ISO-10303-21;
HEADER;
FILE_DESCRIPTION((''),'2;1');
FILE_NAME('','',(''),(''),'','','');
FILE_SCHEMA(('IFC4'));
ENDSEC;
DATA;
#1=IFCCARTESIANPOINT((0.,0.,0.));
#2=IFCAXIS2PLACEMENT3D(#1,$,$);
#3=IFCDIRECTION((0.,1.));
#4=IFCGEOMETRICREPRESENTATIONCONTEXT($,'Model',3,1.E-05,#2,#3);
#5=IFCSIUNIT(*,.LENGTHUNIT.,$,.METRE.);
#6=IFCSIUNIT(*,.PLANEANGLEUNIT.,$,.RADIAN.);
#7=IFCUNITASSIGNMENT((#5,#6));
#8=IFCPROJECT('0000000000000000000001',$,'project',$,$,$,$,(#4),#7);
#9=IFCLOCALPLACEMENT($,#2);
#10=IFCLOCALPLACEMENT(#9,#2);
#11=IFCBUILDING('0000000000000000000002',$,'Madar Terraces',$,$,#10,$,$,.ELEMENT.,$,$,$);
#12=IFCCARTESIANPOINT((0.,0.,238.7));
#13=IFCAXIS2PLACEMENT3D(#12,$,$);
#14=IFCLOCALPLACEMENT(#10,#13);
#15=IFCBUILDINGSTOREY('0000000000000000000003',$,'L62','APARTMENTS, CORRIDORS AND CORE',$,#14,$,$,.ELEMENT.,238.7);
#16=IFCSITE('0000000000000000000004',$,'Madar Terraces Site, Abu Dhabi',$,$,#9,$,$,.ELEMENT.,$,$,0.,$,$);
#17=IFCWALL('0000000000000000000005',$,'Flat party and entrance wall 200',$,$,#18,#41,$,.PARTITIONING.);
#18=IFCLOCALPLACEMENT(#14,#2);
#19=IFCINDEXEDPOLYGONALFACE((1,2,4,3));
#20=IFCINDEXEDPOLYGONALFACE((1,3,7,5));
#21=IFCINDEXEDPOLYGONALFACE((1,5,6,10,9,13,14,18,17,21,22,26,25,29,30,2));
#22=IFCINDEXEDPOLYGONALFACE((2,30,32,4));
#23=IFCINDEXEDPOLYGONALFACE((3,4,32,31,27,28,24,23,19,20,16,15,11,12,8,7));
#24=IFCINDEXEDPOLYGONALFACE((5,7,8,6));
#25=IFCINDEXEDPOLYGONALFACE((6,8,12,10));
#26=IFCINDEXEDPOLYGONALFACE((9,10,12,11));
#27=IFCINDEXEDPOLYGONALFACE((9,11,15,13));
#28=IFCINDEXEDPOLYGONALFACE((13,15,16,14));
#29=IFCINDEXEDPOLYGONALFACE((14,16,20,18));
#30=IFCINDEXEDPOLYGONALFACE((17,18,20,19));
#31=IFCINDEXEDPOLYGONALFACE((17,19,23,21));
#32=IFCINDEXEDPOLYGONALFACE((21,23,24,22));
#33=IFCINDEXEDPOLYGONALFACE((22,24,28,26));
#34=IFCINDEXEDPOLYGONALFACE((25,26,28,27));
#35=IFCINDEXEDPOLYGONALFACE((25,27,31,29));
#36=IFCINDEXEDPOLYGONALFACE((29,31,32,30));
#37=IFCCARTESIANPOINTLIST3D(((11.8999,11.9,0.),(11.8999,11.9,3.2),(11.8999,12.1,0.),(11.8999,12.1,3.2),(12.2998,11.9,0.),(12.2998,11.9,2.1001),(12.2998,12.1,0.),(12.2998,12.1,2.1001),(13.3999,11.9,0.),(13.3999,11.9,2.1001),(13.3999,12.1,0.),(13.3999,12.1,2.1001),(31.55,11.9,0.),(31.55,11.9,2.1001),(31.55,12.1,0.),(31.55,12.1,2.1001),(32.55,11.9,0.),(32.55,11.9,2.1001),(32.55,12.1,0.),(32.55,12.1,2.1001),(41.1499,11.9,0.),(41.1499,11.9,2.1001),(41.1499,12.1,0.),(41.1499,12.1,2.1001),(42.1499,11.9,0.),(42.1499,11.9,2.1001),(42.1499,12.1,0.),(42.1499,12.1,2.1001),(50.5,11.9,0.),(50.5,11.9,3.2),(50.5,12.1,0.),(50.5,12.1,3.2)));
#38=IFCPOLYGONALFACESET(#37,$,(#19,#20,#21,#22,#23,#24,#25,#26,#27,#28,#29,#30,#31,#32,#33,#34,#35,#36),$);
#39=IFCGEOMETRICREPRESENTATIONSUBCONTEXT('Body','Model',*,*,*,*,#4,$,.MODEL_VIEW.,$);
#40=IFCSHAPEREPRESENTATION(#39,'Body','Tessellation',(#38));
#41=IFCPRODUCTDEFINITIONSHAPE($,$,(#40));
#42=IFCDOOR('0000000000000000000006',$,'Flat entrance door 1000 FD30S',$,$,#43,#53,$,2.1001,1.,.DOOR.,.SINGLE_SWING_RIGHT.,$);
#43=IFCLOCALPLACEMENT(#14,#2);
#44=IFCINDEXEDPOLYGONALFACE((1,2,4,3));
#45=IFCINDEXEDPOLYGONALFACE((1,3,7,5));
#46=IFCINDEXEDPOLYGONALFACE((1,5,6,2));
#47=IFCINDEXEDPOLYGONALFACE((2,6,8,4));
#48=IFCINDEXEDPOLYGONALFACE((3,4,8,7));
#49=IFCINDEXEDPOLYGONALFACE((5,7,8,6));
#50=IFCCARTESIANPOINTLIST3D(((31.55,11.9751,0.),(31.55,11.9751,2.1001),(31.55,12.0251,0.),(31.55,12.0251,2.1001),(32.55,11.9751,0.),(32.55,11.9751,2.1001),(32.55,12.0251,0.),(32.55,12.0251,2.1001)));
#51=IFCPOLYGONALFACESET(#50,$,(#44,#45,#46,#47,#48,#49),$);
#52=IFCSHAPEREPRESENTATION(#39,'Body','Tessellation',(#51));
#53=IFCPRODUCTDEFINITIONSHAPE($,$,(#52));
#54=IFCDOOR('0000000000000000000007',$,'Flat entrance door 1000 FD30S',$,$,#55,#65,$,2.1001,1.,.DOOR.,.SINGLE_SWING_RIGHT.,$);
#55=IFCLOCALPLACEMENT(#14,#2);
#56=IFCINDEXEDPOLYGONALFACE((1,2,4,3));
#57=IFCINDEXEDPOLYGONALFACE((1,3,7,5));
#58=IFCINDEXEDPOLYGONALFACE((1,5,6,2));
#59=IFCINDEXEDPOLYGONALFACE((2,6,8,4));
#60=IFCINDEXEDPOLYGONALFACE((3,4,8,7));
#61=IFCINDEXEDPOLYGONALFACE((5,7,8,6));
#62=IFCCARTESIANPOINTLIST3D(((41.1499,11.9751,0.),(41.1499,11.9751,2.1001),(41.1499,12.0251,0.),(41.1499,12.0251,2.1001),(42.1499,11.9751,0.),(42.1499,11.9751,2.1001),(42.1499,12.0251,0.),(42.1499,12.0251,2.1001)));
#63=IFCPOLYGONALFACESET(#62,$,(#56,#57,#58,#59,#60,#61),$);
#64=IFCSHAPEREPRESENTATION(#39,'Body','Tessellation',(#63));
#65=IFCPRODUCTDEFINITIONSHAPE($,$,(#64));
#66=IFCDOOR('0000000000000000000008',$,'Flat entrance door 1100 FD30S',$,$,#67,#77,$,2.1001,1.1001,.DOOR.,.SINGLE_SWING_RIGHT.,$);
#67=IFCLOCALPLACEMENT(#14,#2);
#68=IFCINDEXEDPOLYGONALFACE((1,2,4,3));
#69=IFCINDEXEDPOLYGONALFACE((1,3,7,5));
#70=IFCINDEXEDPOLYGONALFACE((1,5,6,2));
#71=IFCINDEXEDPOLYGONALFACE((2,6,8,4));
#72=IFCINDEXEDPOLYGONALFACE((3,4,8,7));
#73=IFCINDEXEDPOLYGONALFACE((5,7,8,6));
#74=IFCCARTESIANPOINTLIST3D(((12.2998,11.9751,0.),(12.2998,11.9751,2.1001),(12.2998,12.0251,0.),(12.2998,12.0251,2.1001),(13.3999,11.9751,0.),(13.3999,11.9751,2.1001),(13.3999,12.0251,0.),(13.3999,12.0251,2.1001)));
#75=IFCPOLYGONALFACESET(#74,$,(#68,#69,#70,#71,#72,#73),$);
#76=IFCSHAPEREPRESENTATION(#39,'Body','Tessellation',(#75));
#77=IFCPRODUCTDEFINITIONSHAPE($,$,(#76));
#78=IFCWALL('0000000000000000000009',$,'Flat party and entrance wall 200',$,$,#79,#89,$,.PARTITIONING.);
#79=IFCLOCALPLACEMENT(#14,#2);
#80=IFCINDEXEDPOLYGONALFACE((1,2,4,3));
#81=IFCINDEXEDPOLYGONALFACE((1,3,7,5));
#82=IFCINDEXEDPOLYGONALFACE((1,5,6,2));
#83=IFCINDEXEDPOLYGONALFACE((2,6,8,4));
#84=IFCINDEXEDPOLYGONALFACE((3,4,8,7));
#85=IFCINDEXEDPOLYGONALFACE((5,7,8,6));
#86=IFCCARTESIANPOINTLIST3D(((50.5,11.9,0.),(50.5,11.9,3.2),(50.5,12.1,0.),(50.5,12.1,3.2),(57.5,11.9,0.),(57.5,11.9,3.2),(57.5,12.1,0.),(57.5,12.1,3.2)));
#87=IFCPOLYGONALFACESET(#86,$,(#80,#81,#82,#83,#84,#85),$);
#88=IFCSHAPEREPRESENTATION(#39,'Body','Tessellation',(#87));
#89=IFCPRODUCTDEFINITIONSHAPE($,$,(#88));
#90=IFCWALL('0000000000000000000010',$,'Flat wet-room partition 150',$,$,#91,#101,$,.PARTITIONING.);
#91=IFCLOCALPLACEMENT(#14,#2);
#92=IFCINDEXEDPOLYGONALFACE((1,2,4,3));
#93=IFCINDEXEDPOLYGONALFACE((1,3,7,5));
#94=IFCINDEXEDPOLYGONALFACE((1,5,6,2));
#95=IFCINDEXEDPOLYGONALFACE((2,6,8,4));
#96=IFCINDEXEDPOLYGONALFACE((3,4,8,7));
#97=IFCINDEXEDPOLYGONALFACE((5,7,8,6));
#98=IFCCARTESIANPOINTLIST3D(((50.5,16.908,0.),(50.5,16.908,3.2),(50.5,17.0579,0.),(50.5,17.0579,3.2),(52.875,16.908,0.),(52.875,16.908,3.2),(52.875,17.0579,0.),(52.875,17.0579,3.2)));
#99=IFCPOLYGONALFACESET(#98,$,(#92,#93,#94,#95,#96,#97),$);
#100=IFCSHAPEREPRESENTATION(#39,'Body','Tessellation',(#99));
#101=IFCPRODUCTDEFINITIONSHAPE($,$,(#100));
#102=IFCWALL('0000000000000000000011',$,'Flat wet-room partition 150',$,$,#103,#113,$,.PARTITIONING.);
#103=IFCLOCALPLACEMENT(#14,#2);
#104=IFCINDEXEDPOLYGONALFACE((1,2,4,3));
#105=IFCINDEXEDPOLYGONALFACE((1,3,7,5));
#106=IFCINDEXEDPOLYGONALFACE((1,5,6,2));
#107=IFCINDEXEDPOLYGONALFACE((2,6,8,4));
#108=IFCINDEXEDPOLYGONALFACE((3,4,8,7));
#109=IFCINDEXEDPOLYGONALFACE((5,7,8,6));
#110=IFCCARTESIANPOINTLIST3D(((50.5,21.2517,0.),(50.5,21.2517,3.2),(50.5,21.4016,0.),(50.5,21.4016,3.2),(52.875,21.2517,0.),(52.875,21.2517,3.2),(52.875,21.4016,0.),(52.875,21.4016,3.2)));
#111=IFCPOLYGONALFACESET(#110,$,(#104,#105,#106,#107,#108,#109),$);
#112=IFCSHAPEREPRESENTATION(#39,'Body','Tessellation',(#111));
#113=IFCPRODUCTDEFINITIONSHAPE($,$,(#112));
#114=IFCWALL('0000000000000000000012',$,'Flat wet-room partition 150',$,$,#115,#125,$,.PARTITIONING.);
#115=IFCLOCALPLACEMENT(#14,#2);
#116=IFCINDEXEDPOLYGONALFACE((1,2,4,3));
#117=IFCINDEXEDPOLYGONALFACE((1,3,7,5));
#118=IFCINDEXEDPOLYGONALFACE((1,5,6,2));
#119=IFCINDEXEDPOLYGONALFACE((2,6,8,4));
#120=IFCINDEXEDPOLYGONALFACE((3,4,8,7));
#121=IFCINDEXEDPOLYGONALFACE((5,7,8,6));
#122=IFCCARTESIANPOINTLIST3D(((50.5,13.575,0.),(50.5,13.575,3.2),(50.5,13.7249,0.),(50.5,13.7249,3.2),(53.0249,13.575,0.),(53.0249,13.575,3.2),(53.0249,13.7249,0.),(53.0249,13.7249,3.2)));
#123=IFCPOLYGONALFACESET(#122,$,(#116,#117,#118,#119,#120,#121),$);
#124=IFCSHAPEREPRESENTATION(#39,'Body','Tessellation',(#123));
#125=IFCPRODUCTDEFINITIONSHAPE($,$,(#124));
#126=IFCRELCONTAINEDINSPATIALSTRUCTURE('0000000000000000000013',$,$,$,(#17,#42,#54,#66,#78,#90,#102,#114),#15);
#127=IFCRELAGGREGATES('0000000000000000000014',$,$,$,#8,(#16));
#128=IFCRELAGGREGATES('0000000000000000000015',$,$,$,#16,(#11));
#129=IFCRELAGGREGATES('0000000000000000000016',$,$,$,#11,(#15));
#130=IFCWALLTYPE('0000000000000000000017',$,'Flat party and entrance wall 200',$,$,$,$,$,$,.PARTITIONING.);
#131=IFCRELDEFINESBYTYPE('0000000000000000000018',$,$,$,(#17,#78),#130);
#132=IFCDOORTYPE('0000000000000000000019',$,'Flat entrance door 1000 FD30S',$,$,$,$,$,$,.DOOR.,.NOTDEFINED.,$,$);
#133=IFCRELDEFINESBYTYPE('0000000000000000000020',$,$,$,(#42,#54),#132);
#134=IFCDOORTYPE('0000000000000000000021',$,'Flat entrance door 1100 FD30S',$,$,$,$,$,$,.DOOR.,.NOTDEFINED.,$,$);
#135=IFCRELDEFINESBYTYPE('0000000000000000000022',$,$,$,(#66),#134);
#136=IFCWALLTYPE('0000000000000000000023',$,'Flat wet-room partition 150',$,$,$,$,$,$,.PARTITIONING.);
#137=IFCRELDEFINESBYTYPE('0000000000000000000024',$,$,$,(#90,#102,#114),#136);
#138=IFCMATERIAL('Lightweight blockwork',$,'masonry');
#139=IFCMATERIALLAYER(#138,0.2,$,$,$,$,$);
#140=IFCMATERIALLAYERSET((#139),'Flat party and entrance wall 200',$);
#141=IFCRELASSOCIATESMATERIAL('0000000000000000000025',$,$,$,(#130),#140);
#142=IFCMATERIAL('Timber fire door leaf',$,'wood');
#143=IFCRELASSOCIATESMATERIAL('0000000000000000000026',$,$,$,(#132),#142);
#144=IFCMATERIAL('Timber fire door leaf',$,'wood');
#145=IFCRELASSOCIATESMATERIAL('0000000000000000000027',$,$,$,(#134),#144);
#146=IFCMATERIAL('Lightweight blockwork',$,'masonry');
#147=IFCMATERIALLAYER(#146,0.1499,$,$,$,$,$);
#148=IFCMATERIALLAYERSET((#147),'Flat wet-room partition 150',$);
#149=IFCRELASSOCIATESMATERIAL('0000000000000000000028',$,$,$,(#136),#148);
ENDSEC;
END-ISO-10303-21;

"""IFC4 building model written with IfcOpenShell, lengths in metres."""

from ifc_helpers import new_model, si_unit, direction, frame, frame_2d, origin, place, context, subcontext, project, spatial, rectangle, extrude, material, layer, layer_set, type_object, element, fill, save


model = new_model("IFC4")

# Units and contexts
model_context = context("Model", 3, precision=1e-05, world=origin(), true_north=direction((0.0, 1.0)))
body_context = subcontext(model_context, "Body", "Model", "MODEL_VIEW")
ifc_project = project(units=[si_unit("LENGTHUNIT", "METRE"), si_unit("PLANEANGLEUNIT", "RADIAN")], contexts=[model_context])

# Site, building, storey
site_placement = place(None, origin())
site = spatial("IfcSite", under=ifc_project, at=site_placement, Name="Madar Terraces Site, Abu Dhabi", CompositionType="ELEMENT", RefElevation=0.0)
building_placement = place(site_placement, origin())
building = spatial("IfcBuilding", under=site, at=building_placement, Name="Madar Terraces", CompositionType="ELEMENT")
storey_placement = place(building_placement, frame((0.0, 0.0, 238.7)))
storey = spatial("IfcBuildingStorey", under=building, at=storey_placement, Name="L62", Description="APARTMENTS, CORRIDORS AND CORE", CompositionType="ELEMENT", Elevation=238.7)

# Wall, openings, doors
ifc_material_1 = material(Name="Lightweight blockwork", Category="masonry")
ifc_layer_1 = layer(ifc_material_1, 0.2)
ifc_layer_set_1 = layer_set([ifc_layer_1], Name="Flat party and entrance wall 200")
wall_type_1 = type_object("IfcWallType", Name="Flat party and entrance wall 200", PredefinedType="PARTITIONING", material=ifc_layer_set_1)
wall_1_placement = place(storey_placement, frame((50.5, 12.0, 0.0), z_axis=(0.0, 0.0, 1.0), x_axis=(-1.0, 0.0, 0.0)))
wall_1 = element("IfcWall", 1, at=wall_1_placement, inside=storey, type_object=wall_type_1, Name="Flat party and entrance wall 200", PredefinedType="PARTITIONING", context=body_context, shape_type="SweptSolid", body=[
    extrude(rectangle(XDim=38.6001, YDim=0.2, at=frame_2d((19.3, 0.0))), origin(), (0.0, 0.0, 1.0), 3.2),
])
opening_1_placement = place(wall_1_placement, frame((37.1001, 0.0, 0.0)))
opening_1 = element("IfcOpeningElement", 2, at=opening_1_placement, cuts=wall_1, PredefinedType="OPENING", context=body_context, shape_type="SweptSolid", body=[
    extrude(rectangle(XDim=1.1001, YDim=2.1001, at=frame_2d((0.55, 1.05))), frame((0.0, 0.1099, 0.0), z_axis=(0.0, -1.0, 0.0), x_axis=(1.0, 0.0, 0.0)), (0.0, 0.0, 1.0), 0.22),
])
opening_2_placement = place(wall_1_placement, frame((17.95, 0.0, 0.0)))
opening_2 = element("IfcOpeningElement", 3, at=opening_2_placement, cuts=wall_1, PredefinedType="OPENING", context=body_context, shape_type="SweptSolid", body=[
    extrude(rectangle(XDim=1.0, YDim=2.1001, at=frame_2d((0.5, 1.05))), frame((0.0, 0.1099, 0.0), z_axis=(0.0, -1.0, 0.0), x_axis=(1.0, 0.0, 0.0)), (0.0, 0.0, 1.0), 0.22),
])
opening_3_placement = place(wall_1_placement, frame((8.3501, 0.0, 0.0)))
opening_3 = element("IfcOpeningElement", 4, at=opening_3_placement, cuts=wall_1, PredefinedType="OPENING", context=body_context, shape_type="SweptSolid", body=[
    extrude(rectangle(XDim=1.0, YDim=2.1001, at=frame_2d((0.5, 1.05))), frame((0.0, 0.1099, 0.0), z_axis=(0.0, -1.0, 0.0), x_axis=(1.0, 0.0, 0.0)), (0.0, 0.0, 1.0), 0.22),
])
ifc_material_2 = material(Name="Timber fire door leaf", Category="wood")
door_type_1 = type_object("IfcDoorType", Name="Flat entrance door 1000 FD30S", OperationType="NOTDEFINED", PredefinedType="DOOR", material=ifc_material_2)
door_1_placement = place(opening_2_placement, origin())
door_1 = element("IfcDoor", 5, at=door_1_placement, inside=storey, type_object=door_type_1, Name="Flat entrance door 1000 FD30S", OperationType="SINGLE_SWING_RIGHT", OverallHeight=2.1001, OverallWidth=1.0, PredefinedType="DOOR", context=body_context, shape_type="SweptSolid", body=[
    extrude(rectangle(XDim=1.0, YDim=2.1001, at=frame_2d((0.5, 1.05))), frame((0.0, 0.0249, 0.0), z_axis=(0.0, -1.0, 0.0), x_axis=(1.0, 0.0, 0.0)), (0.0, 0.0, 1.0), 0.05),
])
fill(opening_2, door_1)
door_2_placement = place(opening_3_placement, origin())
door_2 = element("IfcDoor", 6, at=door_2_placement, inside=storey, type_object=door_type_1, Name="Flat entrance door 1000 FD30S", OperationType="SINGLE_SWING_RIGHT", OverallHeight=2.1001, OverallWidth=1.0, PredefinedType="DOOR", context=body_context, shape_type="SweptSolid", body=[
    extrude(rectangle(XDim=1.0, YDim=2.1001, at=frame_2d((0.5, 1.05))), frame((0.0, 0.0249, 0.0), z_axis=(0.0, -1.0, 0.0), x_axis=(1.0, 0.0, 0.0)), (0.0, 0.0, 1.0), 0.05),
])
fill(opening_3, door_2)
ifc_material_3 = material(Name="Timber fire door leaf", Category="wood")
door_type_2 = type_object("IfcDoorType", Name="Flat entrance door 1100 FD30S", OperationType="NOTDEFINED", PredefinedType="DOOR", material=ifc_material_3)
door_3_placement = place(opening_1_placement, origin())
door_3 = element("IfcDoor", 7, at=door_3_placement, inside=storey, type_object=door_type_2, Name="Flat entrance door 1100 FD30S", OperationType="SINGLE_SWING_RIGHT", OverallHeight=2.1001, OverallWidth=1.1001, PredefinedType="DOOR", context=body_context, shape_type="SweptSolid", body=[
    extrude(rectangle(XDim=1.1001, YDim=2.1001, at=frame_2d((0.55, 1.05))), frame((0.0, 0.0249, 0.0), z_axis=(0.0, -1.0, 0.0), x_axis=(1.0, 0.0, 0.0)), (0.0, 0.0, 1.0), 0.05),
])
fill(opening_1, door_3)

# Walls
wall_2_placement = place(storey_placement, frame((50.5, 12.0, 0.0), z_axis=(0.0, 0.0, 1.0), x_axis=(1.0, 0.0, 0.0)))
element("IfcWall", 8, at=wall_2_placement, inside=storey, type_object=wall_type_1, Name="Flat party and entrance wall 200", PredefinedType="PARTITIONING", context=body_context, shape_type="SweptSolid", body=[
    extrude(rectangle(XDim=7.0, YDim=0.2, at=frame_2d((3.5, 0.0))), origin(), (0.0, 0.0, 1.0), 3.2),
])
ifc_material_4 = material(Name="Lightweight blockwork", Category="masonry")
ifc_layer_2 = layer(ifc_material_4, 0.1499)
ifc_layer_set_2 = layer_set([ifc_layer_2], Name="Flat wet-room partition 150")
wall_type_2 = type_object("IfcWallType", Name="Flat wet-room partition 150", PredefinedType="PARTITIONING", material=ifc_layer_set_2)
for number, where, z_axis, x_axis, name in (
    (9, (50.5, 16.9829, 0.0), (0.0, 0.0, 1.0), (1.0, 0.0, 0.0), "Flat wet-room partition 150"),
    (10, (50.5, 21.3267, 0.0), (0.0, 0.0, 1.0), (1.0, 0.0, 0.0), "Flat wet-room partition 150"),
):
    element("IfcWall", number, at=place(storey_placement, frame(where, z_axis=z_axis, x_axis=x_axis)), inside=storey, type_object=wall_type_2, Name=name, PredefinedType="PARTITIONING", context=body_context, shape_type="SweptSolid", body=[
        extrude(rectangle(XDim=2.375, YDim=0.1499, at=frame_2d((1.1875, 0.0))), origin(), (0.0, 0.0, 1.0), 3.2),
    ])
wall_3_placement = place(storey_placement, frame((50.5, 13.6499, 0.0), z_axis=(0.0, 0.0, 1.0), x_axis=(1.0, 0.0, 0.0)))
element("IfcWall", 11, at=wall_3_placement, inside=storey, type_object=wall_type_2, Name="Flat wet-room partition 150", PredefinedType="PARTITIONING", context=body_context, shape_type="SweptSolid", body=[
    extrude(rectangle(XDim=2.5249, YDim=0.1499, at=frame_2d((1.2625, 0.0))), origin(), (0.0, 0.0, 1.0), 3.2),
])

save(model, "model.ifc")
